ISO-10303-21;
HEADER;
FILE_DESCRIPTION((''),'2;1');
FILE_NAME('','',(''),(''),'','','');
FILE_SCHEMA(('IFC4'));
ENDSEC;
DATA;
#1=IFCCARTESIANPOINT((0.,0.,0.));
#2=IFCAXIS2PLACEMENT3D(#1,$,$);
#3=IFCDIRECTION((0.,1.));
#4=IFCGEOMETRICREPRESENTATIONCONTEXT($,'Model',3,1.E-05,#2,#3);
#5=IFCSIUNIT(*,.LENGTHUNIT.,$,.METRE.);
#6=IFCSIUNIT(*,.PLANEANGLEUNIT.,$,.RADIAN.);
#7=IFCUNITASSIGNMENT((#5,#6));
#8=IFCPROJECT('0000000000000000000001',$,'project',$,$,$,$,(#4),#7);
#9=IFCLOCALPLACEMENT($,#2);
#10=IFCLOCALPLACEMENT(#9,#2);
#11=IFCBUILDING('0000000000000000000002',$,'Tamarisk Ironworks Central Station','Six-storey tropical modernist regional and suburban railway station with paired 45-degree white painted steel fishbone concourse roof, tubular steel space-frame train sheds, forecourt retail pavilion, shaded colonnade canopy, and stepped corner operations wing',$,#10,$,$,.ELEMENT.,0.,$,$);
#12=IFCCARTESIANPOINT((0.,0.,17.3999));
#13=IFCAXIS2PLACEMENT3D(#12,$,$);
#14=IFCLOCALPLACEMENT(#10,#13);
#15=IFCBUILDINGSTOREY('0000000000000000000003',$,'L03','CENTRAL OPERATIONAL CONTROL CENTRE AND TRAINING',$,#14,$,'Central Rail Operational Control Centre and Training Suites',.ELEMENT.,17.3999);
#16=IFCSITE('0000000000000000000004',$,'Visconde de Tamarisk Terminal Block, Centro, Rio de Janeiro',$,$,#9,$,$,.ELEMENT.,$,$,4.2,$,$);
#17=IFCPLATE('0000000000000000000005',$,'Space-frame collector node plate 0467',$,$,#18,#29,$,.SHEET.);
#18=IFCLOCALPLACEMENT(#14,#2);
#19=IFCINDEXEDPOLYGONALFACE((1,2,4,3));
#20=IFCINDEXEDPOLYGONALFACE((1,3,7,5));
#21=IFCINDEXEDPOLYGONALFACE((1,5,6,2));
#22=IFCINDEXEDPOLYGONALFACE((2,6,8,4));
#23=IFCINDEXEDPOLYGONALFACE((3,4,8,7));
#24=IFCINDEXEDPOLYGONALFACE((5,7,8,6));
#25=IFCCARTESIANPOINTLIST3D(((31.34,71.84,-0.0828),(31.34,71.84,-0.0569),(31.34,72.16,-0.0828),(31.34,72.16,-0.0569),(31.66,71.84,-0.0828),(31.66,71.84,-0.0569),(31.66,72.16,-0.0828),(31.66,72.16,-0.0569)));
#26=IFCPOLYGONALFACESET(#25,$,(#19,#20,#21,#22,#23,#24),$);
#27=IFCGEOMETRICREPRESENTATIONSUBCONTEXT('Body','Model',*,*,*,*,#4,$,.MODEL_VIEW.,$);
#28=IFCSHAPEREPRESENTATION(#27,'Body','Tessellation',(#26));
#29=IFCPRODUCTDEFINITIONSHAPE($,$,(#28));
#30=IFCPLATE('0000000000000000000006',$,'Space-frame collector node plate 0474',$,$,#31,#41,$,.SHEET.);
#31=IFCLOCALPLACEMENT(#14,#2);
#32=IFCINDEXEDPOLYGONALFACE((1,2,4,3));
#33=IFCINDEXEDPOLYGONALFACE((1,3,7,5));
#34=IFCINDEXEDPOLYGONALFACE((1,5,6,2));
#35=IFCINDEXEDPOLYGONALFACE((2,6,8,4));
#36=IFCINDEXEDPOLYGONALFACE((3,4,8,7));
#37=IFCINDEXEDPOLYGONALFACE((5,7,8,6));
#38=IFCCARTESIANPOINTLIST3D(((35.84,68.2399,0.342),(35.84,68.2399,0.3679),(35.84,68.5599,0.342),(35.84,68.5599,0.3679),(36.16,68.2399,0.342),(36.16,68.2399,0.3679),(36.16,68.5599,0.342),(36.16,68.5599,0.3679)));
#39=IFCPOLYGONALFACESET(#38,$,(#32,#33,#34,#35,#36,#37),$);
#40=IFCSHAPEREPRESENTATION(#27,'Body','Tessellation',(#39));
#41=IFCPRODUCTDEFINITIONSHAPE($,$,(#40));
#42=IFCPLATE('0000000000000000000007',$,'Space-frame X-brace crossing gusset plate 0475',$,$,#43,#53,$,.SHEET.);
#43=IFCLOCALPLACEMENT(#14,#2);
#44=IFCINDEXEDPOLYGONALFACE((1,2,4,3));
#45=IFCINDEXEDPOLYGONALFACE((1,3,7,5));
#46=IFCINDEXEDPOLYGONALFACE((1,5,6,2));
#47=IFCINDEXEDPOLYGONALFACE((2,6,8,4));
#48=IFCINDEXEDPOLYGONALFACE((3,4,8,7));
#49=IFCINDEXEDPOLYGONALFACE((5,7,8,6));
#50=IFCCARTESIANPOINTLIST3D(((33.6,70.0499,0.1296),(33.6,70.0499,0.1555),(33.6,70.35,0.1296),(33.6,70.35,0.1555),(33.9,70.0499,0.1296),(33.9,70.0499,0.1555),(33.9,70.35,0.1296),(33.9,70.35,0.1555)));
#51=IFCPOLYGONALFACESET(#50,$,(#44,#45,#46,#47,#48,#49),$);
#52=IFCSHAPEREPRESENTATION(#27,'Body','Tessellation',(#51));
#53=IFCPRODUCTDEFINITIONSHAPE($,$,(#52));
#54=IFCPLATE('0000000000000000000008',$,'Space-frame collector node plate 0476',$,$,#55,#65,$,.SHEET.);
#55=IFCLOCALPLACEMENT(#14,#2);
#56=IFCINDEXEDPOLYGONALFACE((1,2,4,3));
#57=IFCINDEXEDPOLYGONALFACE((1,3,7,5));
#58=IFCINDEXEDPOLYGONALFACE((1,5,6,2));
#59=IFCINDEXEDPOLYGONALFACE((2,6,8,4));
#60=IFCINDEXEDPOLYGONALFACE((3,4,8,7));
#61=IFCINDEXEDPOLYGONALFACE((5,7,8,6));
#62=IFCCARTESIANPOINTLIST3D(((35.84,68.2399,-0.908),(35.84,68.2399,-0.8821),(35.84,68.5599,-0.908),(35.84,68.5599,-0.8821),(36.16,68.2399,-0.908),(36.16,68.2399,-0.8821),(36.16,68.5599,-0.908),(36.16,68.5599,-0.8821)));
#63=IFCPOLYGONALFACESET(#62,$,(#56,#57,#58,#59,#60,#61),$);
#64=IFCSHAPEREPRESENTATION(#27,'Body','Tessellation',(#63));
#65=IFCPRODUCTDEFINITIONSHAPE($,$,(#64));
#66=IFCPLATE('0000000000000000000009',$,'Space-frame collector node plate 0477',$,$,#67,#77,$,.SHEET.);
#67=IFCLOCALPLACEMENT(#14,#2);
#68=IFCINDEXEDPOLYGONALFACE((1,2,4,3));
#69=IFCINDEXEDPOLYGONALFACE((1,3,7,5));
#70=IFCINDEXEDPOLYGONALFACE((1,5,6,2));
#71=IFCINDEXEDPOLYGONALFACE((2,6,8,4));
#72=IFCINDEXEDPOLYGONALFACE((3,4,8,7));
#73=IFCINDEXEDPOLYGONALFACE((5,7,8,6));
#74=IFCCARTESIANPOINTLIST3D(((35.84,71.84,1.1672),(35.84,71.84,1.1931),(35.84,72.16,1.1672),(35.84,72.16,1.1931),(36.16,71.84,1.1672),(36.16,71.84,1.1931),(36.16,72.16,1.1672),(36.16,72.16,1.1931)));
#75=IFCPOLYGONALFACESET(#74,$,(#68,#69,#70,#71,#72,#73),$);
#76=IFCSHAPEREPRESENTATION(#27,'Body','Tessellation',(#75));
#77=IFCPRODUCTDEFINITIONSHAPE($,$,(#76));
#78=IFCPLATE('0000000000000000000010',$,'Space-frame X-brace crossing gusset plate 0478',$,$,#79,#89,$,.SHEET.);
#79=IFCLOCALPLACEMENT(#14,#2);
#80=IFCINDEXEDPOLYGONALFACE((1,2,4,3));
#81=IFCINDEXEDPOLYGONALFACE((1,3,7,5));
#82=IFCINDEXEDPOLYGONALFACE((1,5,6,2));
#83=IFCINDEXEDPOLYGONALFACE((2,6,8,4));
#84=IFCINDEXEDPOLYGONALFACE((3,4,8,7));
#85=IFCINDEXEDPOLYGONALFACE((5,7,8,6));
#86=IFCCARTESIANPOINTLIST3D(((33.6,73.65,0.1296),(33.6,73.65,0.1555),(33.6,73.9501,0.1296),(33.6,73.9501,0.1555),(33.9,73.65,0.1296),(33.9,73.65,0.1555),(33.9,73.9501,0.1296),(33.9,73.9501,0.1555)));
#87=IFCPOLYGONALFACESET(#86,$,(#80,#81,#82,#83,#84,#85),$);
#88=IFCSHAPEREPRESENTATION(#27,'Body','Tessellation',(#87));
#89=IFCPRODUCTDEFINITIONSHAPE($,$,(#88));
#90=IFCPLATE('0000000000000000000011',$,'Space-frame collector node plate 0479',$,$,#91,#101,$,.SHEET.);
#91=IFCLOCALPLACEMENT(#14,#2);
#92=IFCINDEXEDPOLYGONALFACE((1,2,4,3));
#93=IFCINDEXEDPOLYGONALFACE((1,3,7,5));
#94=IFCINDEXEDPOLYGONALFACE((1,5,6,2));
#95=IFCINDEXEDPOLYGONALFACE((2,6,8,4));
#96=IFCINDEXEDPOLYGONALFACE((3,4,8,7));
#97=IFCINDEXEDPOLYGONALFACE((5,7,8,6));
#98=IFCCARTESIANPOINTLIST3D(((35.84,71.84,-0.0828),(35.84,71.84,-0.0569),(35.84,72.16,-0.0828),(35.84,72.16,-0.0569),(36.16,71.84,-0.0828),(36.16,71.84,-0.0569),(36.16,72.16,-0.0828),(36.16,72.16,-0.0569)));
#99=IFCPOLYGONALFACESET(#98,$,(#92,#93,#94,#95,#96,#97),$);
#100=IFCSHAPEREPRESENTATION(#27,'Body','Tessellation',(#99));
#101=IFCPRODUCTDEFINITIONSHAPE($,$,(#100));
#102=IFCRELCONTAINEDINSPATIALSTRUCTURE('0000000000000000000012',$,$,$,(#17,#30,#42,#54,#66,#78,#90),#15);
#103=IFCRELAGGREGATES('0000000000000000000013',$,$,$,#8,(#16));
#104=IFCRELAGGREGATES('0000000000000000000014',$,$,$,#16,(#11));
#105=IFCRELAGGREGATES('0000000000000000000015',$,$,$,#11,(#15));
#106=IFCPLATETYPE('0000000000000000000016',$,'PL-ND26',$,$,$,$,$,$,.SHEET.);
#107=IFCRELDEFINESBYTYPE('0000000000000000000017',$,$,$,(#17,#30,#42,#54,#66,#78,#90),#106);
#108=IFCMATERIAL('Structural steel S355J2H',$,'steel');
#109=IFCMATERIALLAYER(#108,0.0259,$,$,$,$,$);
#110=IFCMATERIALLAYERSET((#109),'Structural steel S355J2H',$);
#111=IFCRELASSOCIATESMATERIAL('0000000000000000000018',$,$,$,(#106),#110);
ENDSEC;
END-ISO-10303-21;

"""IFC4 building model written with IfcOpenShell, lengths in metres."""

from ifc_helpers import new_model, si_unit, direction, frame, origin, origin_2d, place, context, subcontext, project, spatial, rectangle, extrude, material, layer, layer_set, type_object, element, save


model = new_model("IFC4")

# Units and contexts
model_context = context("Model", 3, precision=1e-05, world=origin(), true_north=direction((0.0, 1.0)))
body_context = subcontext(model_context, "Body", "Model", "MODEL_VIEW")
ifc_project = project(units=[si_unit("LENGTHUNIT", "METRE"), si_unit("PLANEANGLEUNIT", "RADIAN")], contexts=[model_context])

# Site, building, storey
site_placement = place(None, origin())
site = spatial("IfcSite", under=ifc_project, at=site_placement, Name="Visconde de Tamarisk Terminal Block, Centro, Rio de Janeiro", CompositionType="ELEMENT", RefElevation=4.2)
building_placement = place(site_placement, origin())
building = spatial("IfcBuilding", under=site, at=building_placement, Name="Tamarisk Ironworks Central Station", Description="Six-storey tropical modernist regional and suburban railway station with paired 45-degree white painted steel fishbone concourse roof, tubular steel space-frame train sheds, forecourt retail pavilion, shaded colonnade canopy, and stepped corner operations wing", CompositionType="ELEMENT", ElevationOfRefHeight=0.0)
storey_placement = place(building_placement, frame((0.0, 0.0, 17.3999)))
storey = spatial("IfcBuildingStorey", under=building, at=storey_placement, Name="L03", Description="CENTRAL OPERATIONAL CONTROL CENTRE AND TRAINING", LongName="Central Rail Operational Control Centre and Training Suites", CompositionType="ELEMENT", Elevation=17.3999)

# Shared definitions
ifc_material = material(Name="Structural steel S355J2H", Category="steel")

# Plates
ifc_layer = layer(ifc_material, 0.0259)
ifc_layer_set = layer_set([ifc_layer], Name="Structural steel S355J2H")
plate_type = type_object("IfcPlateType", Name="PL-ND26", PredefinedType="SHEET", material=ifc_layer_set)
for number, where, z_axis, x_axis, name in (
    (1, (31.5, 72.0, -0.0828), (0.0, 0.0, 1.0), (1.0, 0.0, 0.0), "Space-frame collector node plate 0467"),
    (2, (36.0, 68.3999, 0.342), (0.0, 0.0, 1.0), (1.0, 0.0, 0.0), "Space-frame collector node plate 0474"),
):
    element("IfcPlate", number, at=place(storey_placement, frame(where, z_axis=z_axis, x_axis=x_axis)), inside=storey, type_object=plate_type, Name=name, PredefinedType="SHEET", context=body_context, shape_type="SweptSolid", body=[
        extrude(rectangle(XDim=0.3201, YDim=0.3201, at=origin_2d()), origin(), (0.0, 0.0, 1.0), 0.0259),
    ])
plate_1_placement = place(storey_placement, frame((33.75, 70.2, 0.1296), z_axis=(0.0, 0.0, 1.0), x_axis=(1.0, 0.0, 0.0)))
element("IfcPlate", 3, at=plate_1_placement, inside=storey, type_object=plate_type, Name="Space-frame X-brace crossing gusset plate 0475", PredefinedType="SHEET", context=body_context, shape_type="SweptSolid", body=[
    extrude(rectangle(XDim=0.3, YDim=0.3, at=origin_2d()), origin(), (0.0, 0.0, 1.0), 0.0259),
])
for number, where, z_axis, x_axis, name in (
    (4, (36.0, 68.3999, -0.908), (0.0, 0.0, 1.0), (1.0, 0.0, 0.0), "Space-frame collector node plate 0476"),
    (5, (36.0, 72.0, 1.1672), (0.0, 0.0, 1.0), (1.0, 0.0, 0.0), "Space-frame collector node plate 0477"),
):
    element("IfcPlate", number, at=place(storey_placement, frame(where, z_axis=z_axis, x_axis=x_axis)), inside=storey, type_object=plate_type, Name=name, PredefinedType="SHEET", context=body_context, shape_type="SweptSolid", body=[
        extrude(rectangle(XDim=0.3201, YDim=0.3201, at=origin_2d()), origin(), (0.0, 0.0, 1.0), 0.0259),
    ])
plate_2_placement = place(storey_placement, frame((33.75, 73.8, 0.1296), z_axis=(0.0, 0.0, 1.0), x_axis=(1.0, 0.0, 0.0)))
element("IfcPlate", 6, at=plate_2_placement, inside=storey, type_object=plate_type, Name="Space-frame X-brace crossing gusset plate 0478", PredefinedType="SHEET", context=body_context, shape_type="SweptSolid", body=[
    extrude(rectangle(XDim=0.3, YDim=0.3, at=origin_2d()), origin(), (0.0, 0.0, 1.0), 0.0259),
])
plate_3_placement = place(storey_placement, frame((36.0, 72.0, -0.0828), z_axis=(0.0, 0.0, 1.0), x_axis=(1.0, 0.0, 0.0)))
element("IfcPlate", 7, at=plate_3_placement, inside=storey, type_object=plate_type, Name="Space-frame collector node plate 0479", PredefinedType="SHEET", context=body_context, shape_type="SweptSolid", body=[
    extrude(rectangle(XDim=0.3201, YDim=0.3201, at=origin_2d()), origin(), (0.0, 0.0, 1.0), 0.0259),
])

save(model, "model.ifc")
